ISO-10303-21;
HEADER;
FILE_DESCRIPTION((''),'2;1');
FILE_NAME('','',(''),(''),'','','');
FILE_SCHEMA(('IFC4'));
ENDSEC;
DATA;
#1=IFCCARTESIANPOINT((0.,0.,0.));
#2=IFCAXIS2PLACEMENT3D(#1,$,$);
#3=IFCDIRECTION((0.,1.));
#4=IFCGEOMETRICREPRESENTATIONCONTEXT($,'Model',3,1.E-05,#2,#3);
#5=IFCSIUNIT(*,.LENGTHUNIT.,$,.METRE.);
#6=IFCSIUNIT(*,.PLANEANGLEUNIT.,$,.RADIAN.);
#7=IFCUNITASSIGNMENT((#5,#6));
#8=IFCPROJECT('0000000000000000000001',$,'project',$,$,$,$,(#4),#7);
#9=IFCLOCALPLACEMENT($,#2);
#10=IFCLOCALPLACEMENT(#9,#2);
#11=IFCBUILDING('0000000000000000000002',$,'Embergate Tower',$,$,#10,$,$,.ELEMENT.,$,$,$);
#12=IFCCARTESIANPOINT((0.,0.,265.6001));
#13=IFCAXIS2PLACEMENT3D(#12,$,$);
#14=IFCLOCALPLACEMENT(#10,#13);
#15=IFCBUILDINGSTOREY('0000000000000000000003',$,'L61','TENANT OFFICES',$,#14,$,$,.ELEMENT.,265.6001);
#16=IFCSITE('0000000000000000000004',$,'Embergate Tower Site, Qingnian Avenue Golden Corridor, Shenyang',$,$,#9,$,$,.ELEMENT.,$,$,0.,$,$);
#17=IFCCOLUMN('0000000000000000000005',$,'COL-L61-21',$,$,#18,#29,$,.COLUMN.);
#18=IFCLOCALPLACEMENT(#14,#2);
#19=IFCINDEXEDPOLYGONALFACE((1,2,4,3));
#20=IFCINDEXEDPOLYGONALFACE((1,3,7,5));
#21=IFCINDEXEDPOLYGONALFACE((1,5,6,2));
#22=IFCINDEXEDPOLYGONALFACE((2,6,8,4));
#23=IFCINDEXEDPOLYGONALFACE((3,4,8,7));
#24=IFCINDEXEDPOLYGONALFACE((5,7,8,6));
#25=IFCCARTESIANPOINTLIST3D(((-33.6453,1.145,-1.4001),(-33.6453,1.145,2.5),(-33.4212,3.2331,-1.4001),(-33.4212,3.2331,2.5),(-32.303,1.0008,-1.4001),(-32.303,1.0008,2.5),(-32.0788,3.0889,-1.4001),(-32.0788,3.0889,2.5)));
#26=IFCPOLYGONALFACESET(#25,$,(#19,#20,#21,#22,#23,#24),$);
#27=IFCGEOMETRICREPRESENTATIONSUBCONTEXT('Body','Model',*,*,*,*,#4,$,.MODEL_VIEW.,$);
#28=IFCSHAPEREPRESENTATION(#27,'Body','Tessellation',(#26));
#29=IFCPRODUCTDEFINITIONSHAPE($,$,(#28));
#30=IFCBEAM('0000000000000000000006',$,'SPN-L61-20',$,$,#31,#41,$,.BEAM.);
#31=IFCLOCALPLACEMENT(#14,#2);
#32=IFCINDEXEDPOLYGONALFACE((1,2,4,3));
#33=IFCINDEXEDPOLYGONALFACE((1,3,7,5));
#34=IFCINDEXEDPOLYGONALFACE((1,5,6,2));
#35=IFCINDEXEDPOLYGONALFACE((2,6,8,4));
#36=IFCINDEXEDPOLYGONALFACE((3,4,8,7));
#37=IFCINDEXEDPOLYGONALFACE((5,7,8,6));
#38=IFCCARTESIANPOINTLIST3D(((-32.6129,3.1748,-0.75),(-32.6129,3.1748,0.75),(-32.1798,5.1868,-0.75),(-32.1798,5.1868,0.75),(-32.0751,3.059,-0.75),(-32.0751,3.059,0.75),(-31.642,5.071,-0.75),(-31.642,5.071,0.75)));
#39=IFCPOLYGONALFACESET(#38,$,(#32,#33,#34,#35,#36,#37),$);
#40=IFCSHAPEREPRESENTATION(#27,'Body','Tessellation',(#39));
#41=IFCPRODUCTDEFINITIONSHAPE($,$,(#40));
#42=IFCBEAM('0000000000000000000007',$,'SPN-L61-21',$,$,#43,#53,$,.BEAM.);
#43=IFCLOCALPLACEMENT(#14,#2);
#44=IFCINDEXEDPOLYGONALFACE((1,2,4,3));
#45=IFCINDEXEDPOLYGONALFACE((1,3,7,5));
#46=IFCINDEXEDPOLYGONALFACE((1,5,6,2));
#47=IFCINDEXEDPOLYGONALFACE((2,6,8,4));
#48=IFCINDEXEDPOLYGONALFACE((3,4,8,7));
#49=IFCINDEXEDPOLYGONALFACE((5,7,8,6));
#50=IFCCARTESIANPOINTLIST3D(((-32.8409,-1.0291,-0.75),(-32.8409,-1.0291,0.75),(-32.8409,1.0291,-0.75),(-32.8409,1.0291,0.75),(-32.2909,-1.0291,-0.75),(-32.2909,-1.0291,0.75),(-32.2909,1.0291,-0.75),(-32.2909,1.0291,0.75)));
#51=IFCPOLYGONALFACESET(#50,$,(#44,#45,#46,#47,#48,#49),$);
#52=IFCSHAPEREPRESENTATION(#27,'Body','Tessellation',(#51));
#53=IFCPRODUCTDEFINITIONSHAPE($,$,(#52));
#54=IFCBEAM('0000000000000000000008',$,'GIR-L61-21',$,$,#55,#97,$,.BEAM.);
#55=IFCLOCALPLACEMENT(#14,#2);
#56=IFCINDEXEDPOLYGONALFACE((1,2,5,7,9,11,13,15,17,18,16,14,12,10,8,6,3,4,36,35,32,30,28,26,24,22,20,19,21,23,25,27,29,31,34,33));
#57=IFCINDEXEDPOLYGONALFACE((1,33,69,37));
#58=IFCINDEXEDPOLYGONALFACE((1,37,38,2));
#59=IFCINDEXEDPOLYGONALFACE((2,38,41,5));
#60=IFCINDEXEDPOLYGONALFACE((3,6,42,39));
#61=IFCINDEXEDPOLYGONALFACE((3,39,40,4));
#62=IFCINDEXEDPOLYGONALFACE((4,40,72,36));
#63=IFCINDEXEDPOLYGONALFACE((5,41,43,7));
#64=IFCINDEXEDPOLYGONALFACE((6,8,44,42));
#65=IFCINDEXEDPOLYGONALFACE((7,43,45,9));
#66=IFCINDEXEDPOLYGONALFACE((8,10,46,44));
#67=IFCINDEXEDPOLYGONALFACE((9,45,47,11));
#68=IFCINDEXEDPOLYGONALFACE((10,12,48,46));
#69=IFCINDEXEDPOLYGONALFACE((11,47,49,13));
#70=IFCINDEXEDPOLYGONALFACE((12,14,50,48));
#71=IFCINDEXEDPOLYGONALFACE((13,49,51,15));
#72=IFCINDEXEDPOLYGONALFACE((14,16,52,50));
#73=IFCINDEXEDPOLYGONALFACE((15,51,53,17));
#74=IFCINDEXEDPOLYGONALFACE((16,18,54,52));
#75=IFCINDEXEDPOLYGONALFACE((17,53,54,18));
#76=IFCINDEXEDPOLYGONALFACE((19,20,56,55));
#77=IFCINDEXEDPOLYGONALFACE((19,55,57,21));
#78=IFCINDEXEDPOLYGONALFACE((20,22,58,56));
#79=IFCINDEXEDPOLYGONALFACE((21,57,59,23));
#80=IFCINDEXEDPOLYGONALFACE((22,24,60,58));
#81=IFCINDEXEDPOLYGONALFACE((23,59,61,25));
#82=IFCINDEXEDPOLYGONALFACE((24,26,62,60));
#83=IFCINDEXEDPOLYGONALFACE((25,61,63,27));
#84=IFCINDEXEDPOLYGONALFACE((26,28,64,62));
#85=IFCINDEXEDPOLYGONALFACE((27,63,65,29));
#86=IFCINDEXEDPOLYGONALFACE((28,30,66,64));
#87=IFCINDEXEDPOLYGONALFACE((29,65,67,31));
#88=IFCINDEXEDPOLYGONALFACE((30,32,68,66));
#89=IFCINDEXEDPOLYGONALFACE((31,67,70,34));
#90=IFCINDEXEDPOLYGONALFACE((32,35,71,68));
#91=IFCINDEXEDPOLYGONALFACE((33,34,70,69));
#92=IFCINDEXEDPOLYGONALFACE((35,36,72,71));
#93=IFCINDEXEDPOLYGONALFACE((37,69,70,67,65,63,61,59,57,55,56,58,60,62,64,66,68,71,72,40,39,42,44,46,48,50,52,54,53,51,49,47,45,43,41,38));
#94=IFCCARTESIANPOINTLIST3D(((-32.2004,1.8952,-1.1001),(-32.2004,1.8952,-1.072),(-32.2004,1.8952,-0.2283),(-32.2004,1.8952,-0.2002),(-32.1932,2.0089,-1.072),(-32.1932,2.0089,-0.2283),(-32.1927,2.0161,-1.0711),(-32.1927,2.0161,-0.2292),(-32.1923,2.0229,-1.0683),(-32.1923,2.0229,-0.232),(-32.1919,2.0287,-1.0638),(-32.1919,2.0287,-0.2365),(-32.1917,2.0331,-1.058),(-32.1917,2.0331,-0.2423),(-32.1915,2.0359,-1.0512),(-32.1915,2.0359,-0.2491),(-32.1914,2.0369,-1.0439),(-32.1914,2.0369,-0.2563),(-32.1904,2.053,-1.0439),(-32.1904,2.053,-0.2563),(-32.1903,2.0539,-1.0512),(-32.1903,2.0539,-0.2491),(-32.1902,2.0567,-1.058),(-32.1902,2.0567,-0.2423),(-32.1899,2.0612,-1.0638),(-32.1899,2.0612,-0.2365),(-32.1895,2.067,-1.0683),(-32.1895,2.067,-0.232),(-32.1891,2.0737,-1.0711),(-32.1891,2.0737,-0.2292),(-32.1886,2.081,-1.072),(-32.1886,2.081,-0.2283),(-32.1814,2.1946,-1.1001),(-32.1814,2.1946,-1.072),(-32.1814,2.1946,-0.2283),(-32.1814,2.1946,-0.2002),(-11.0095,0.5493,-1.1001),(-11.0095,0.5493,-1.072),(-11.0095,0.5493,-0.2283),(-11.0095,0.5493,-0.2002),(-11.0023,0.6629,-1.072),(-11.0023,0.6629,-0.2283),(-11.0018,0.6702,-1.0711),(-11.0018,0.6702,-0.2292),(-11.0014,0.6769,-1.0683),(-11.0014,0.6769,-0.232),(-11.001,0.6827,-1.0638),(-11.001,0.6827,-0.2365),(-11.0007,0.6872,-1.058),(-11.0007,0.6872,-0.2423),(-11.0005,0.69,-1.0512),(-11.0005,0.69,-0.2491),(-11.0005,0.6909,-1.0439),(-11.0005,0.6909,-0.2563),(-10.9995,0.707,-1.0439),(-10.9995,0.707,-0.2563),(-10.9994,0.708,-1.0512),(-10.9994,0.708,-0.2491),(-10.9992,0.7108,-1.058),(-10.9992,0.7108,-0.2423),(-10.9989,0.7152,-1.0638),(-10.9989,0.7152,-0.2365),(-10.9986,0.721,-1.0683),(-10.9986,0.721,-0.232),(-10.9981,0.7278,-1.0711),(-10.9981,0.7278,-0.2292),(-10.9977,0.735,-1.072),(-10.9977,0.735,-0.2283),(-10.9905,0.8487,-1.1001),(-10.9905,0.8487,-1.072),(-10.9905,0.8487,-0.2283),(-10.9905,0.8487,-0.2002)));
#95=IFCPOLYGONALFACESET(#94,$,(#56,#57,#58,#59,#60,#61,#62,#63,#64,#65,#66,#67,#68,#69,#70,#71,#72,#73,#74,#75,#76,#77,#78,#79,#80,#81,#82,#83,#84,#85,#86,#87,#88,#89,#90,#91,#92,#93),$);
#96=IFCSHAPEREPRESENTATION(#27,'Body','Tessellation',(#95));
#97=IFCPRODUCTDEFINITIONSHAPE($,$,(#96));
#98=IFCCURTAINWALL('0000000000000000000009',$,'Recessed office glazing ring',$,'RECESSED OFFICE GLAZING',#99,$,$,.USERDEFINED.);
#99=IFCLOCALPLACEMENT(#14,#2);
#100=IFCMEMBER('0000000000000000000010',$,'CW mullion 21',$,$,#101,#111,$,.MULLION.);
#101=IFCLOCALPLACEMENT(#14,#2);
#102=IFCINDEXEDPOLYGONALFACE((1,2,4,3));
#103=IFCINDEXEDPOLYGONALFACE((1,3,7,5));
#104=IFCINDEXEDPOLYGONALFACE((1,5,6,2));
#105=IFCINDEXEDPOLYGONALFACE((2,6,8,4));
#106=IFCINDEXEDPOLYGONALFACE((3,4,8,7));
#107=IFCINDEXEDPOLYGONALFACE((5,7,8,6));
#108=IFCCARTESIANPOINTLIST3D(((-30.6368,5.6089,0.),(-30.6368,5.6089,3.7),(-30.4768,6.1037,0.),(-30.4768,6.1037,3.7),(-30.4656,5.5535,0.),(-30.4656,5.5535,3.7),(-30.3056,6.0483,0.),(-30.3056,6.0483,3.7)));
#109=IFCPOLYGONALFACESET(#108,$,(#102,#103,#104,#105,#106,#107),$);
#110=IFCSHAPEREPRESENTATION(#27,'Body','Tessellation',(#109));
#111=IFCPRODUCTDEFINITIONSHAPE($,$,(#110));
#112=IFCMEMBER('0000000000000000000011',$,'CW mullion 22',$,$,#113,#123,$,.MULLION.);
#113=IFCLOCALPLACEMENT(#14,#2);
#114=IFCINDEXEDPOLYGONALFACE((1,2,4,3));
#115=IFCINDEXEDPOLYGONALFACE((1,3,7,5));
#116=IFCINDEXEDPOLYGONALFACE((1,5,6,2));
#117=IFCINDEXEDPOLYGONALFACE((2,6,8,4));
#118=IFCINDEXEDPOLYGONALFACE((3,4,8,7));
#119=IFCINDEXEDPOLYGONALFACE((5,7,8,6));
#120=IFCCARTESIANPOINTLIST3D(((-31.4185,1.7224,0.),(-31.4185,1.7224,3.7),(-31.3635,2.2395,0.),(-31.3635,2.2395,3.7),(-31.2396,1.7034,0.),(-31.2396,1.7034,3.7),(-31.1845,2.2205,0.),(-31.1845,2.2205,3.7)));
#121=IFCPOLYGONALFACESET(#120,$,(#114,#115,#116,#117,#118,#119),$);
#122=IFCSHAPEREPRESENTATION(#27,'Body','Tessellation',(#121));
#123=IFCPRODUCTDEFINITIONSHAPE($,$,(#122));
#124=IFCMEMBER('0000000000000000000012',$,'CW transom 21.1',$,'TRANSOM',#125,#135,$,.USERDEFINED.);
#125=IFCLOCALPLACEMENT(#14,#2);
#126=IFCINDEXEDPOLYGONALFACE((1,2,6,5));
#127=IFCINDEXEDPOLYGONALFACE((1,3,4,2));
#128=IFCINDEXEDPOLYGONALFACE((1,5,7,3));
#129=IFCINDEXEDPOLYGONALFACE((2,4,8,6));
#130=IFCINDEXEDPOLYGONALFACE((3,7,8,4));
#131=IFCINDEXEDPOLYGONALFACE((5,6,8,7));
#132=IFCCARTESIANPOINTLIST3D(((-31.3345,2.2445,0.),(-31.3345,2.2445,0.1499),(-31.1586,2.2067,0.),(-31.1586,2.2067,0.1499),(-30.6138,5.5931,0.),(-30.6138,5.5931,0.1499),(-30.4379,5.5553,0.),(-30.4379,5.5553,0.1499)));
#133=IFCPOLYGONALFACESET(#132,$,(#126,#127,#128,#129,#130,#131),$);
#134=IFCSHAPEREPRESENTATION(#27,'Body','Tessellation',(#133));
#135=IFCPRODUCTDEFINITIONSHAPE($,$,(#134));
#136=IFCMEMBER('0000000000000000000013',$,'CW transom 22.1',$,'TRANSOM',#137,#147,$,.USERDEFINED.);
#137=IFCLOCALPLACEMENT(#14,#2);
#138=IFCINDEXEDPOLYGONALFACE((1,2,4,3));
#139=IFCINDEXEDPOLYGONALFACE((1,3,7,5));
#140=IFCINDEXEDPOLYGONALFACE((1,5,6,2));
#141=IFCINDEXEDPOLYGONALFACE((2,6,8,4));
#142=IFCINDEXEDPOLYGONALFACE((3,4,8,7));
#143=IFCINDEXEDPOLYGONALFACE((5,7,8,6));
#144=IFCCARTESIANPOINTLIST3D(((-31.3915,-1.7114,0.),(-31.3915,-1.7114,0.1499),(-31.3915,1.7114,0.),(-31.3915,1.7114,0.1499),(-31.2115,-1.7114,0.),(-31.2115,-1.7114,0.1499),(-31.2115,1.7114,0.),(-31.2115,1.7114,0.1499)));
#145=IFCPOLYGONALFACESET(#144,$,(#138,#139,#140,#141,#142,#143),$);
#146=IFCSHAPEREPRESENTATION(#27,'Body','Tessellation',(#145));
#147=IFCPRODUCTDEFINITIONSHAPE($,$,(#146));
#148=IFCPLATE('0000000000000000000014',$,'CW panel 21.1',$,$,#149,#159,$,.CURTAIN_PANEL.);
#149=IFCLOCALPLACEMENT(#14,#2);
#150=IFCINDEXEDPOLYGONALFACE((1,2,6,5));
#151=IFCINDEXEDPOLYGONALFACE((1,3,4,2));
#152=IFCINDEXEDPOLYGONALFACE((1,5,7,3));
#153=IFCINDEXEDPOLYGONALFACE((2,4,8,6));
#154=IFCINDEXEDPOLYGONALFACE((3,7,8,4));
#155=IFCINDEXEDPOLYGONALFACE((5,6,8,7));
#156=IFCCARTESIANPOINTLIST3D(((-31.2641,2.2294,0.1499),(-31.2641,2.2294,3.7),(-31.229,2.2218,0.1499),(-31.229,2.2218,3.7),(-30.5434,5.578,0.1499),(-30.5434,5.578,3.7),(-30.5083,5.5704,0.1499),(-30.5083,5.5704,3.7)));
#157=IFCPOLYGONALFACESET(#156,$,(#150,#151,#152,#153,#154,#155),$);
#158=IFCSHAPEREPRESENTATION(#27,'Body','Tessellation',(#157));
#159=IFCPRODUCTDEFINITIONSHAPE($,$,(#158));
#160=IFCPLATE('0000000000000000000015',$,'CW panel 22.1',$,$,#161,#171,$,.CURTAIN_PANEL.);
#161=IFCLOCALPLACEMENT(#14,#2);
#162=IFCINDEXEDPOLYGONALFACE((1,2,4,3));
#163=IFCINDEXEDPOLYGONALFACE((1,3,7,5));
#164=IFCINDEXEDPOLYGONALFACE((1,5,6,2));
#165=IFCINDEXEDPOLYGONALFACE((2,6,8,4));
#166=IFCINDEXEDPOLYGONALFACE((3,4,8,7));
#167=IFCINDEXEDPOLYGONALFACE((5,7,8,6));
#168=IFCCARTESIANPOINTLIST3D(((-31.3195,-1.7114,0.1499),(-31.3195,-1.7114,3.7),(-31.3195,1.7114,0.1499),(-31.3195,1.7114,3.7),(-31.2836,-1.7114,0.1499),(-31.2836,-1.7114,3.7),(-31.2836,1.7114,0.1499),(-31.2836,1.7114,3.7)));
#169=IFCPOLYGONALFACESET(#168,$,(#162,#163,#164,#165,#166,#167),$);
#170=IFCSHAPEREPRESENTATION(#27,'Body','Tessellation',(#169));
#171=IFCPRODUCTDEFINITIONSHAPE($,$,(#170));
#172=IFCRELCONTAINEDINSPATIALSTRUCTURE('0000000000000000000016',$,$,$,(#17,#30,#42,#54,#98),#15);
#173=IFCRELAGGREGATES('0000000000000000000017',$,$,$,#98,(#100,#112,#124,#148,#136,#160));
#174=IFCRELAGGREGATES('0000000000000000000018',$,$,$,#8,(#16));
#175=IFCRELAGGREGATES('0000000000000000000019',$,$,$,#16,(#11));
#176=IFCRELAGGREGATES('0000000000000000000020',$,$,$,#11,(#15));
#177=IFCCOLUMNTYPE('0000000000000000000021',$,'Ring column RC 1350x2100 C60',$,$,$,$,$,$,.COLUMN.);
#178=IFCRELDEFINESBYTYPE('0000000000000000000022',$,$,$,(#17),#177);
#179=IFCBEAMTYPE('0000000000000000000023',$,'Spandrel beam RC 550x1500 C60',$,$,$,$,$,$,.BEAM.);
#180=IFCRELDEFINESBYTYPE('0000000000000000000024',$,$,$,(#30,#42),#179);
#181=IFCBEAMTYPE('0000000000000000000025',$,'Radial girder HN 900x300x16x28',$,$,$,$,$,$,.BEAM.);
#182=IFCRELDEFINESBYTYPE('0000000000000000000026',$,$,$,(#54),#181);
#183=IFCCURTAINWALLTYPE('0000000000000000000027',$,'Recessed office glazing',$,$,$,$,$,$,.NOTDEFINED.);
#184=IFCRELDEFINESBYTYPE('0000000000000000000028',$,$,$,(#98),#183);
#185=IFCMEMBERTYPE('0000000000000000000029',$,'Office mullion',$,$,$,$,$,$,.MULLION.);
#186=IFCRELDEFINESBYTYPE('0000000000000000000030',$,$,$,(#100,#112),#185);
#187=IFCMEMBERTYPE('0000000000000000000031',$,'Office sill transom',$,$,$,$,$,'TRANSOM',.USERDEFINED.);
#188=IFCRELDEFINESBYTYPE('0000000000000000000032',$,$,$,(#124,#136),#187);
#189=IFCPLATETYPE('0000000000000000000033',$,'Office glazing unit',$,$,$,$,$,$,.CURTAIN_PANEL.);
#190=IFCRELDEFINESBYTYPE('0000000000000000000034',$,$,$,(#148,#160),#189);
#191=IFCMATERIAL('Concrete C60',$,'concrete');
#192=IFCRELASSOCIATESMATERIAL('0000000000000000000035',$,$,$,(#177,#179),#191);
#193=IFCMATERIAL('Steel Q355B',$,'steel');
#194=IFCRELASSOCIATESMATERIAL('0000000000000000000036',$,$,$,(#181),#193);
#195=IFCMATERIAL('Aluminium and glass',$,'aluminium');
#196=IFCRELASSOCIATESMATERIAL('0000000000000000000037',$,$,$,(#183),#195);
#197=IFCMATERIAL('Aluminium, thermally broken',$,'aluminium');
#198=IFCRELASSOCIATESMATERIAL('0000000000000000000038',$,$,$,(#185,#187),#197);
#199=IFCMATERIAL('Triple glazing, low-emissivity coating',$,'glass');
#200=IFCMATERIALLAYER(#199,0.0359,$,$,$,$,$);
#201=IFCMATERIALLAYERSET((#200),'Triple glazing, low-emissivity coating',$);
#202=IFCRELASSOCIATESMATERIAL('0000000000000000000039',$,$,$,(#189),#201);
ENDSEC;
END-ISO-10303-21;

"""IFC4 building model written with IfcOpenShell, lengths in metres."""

from ifc_helpers import new_model, si_unit, direction, frame, origin, origin_2d, place, context, subcontext, project, spatial, rectangle, i_section, extrude, source, transform, mapped, material, layer, layer_set, material_profile, profile_set, type_object, element, aggregate, save


model = new_model("IFC4")

# Units and contexts
model_context = context("Model", 3, precision=1e-05, world=origin(), true_north=direction((0.0, 1.0)))
body_context = subcontext(model_context, "Body", "Model", "MODEL_VIEW")
ifc_project = project(units=[si_unit("LENGTHUNIT", "METRE"), si_unit("PLANEANGLEUNIT", "RADIAN")], contexts=[model_context])

# Site, building, storey
site_placement = place(None, origin())
site = spatial("IfcSite", under=ifc_project, at=site_placement, Name="Embergate Tower Site, Qingnian Avenue Golden Corridor, Shenyang", CompositionType="ELEMENT", RefElevation=0.0)
building_placement = place(site_placement, origin())
building = spatial("IfcBuilding", under=site, at=building_placement, Name="Embergate Tower", CompositionType="ELEMENT")
storey_placement = place(building_placement, frame((0.0, 0.0, 265.6001)))
storey = spatial("IfcBuildingStorey", under=building, at=storey_placement, Name="L61", Description="TENANT OFFICES", CompositionType="ELEMENT", Elevation=265.6001)

# Column
ifc_material_1 = material(Name="Concrete C60", Category="concrete")
ifc_material_profile_1 = material_profile(ifc_material_1, rectangle(XDim=1.3501, YDim=2.1001, at=origin_2d()), Name="RC 1350x2100")
ifc_profile_set_1 = profile_set([ifc_material_profile_1], Name="Concrete C60")
column_type = type_object("IfcColumnType", Name="Ring column RC 1350x2100 C60", PredefinedType="COLUMN", material=ifc_profile_set_1)
shared_shape_1 = source(origin(), body_context, "Body", "SweptSolid", [
    extrude(rectangle(XDim=1.3501, YDim=2.1001, at=origin_2d()), origin(), (0.0, 0.0, 1.0), 3.9001),
])
column_placement = place(storey_placement, frame((-32.8621, 2.1169, -1.4001), z_axis=(0.0, 0.0, 1.0), x_axis=(-0.994286, 0.10675, 0.0)))
element("IfcColumn", 1, at=column_placement, inside=storey, type_object=column_type, Name="COL-L61-21", PredefinedType="COLUMN", context=body_context, shape_type="MappedRepresentation", body=[
    mapped(shared_shape_1, transform((0.0, 0.0, 0.0))),
])

# Beams
ifc_material_profile_2 = material_profile(ifc_material_1, rectangle(XDim=0.55, YDim=1.5, at=origin_2d()), Name="RC 550x1500")
ifc_profile_set_2 = profile_set([ifc_material_profile_2], Name="Concrete C60")
beam_type_1 = type_object("IfcBeamType", Name="Spandrel beam RC 550x1500 C60", PredefinedType="BEAM", material=ifc_profile_set_2)
shared_shape_2 = source(origin(), body_context, "Body", "SweptSolid", [
    extrude(rectangle(XDim=0.55, YDim=1.5, at=origin_2d()), origin(), (0.0, 0.0, 1.0), 2.0581),
])
for number, where, z_axis, x_axis, name in (
    (2, (-31.9109, 5.1289, 0.0), (-0.210444, -0.977606, 0.0), (0.977606, -0.210444, 0.0), "SPN-L61-20"),
    (3, (-32.5659, 1.0291, 0.0), (0.0, -1.0, 0.0), (1.0, 0.0, 0.0), "SPN-L61-21"),
):
    element("IfcBeam", number, at=place(storey_placement, frame(where, z_axis=z_axis, x_axis=x_axis)), inside=storey, type_object=beam_type_1, Name=name, PredefinedType="BEAM", context=body_context, shape_type="MappedRepresentation", body=[
        mapped(shared_shape_2, transform((0.0, 0.0, 0.0))),
    ])
ifc_material_2 = material(Name="Steel Q355B", Category="steel")
ifc_material_profile_3 = material_profile(ifc_material_2, i_section(OverallWidth=0.3, OverallDepth=0.8999, WebThickness=0.0161, FlangeThickness=0.0281, FilletRadius=0.0281, at=origin_2d()), Name="HN 900x300x16x28")
ifc_profile_set_3 = profile_set([ifc_material_profile_3], Name="Steel Q355 grade B")
beam_type_2 = type_object("IfcBeamType", Name="Radial girder HN 900x300x16x28", PredefinedType="BEAM", material=ifc_profile_set_3)
shared_shape_3 = source(origin(), body_context, "Body", "SweptSolid", [
    extrude(i_section(OverallWidth=0.3, OverallDepth=0.8999, WebThickness=0.0161, FlangeThickness=0.0281, FilletRadius=0.0281, at=origin_2d()), origin(), (0.0, 0.0, 1.0), 21.2336),
])
beam_placement = place(storey_placement, frame((-32.1909, 2.0449, -0.6501), z_axis=(0.997989, -0.063388, 0.0), x_axis=(0.063388, 0.997989, 0.0)))
element("IfcBeam", 4, at=beam_placement, inside=storey, type_object=beam_type_2, Name="GIR-L61-21", PredefinedType="BEAM", context=body_context, shape_type="MappedRepresentation", body=[
    mapped(shared_shape_3, transform((0.0, 0.0, 0.0))),
])

# Curtain wall, members, plates
ifc_material_3 = material(Name="Aluminium and glass", Category="aluminium")
curtain_wall_type = type_object("IfcCurtainWallType", Name="Recessed office glazing", PredefinedType="NOTDEFINED", material=ifc_material_3)
curtain_wall_placement = place(storey_placement, origin())
curtain_wall = element("IfcCurtainWall", 5, at=curtain_wall_placement, inside=storey, type_object=curtain_wall_type, Name="Recessed office glazing ring", ObjectType="RECESSED OFFICE GLAZING", PredefinedType="USERDEFINED")
ifc_material_4 = material(Name="Aluminium, thermally broken", Category="aluminium")
ifc_material_profile_4 = material_profile(ifc_material_4, rectangle(XDim=0.1799, YDim=0.52, at=origin_2d()), Name="AL 520x180")
ifc_profile_set_4 = profile_set([ifc_material_profile_4], Name="Aluminium, thermally broken")
member_type_1 = type_object("IfcMemberType", Name="Office mullion", PredefinedType="MULLION", material=ifc_profile_set_4)
shared_shape_4 = source(origin(), body_context, "Body", "SweptSolid", [
    extrude(rectangle(XDim=0.1799, YDim=0.52, at=origin_2d()), origin(), (0.0, 0.0, 1.0), 3.7),
])
member_1_placement = place(storey_placement, frame((-30.4712, 5.8286, 0.0), z_axis=(0.0, 0.0, 1.0), x_axis=(0.951493, -0.307671, 0.0)))
member_1 = element("IfcMember", 6, at=member_1_placement, type_object=member_type_1, Name="CW mullion 21", PredefinedType="MULLION", context=body_context, shape_type="MappedRepresentation", body=[
    mapped(shared_shape_4, transform((0.0, 0.0, 0.0))),
])
member_2_placement = place(storey_placement, frame((-31.3015, 1.9714, 0.0), z_axis=(0.0, 0.0, 1.0), x_axis=(0.994384, -0.10583, 0.0)))
member_2 = element("IfcMember", 7, at=member_2_placement, type_object=member_type_1, Name="CW mullion 22", PredefinedType="MULLION", context=body_context, shape_type="MappedRepresentation", body=[
    mapped(shared_shape_4, transform((0.0, 0.0, 0.0))),
])
ifc_material_profile_5 = material_profile(ifc_material_4, rectangle(XDim=0.1799, YDim=0.1499, at=origin_2d()), Name="AL 150x180")
ifc_profile_set_5 = profile_set([ifc_material_profile_5], Name="Aluminium, thermally broken")
member_type_2 = type_object("IfcMemberType", Name="Office sill transom", ElementType="TRANSOM", PredefinedType="USERDEFINED", material=ifc_profile_set_5)
shared_shape_5 = source(origin(), body_context, "Body", "SweptSolid", [
    extrude(rectangle(XDim=0.1799, YDim=0.1499, at=origin_2d()), origin(), (0.0, 0.0, 1.0), 3.4253),
])
member_3_placement = place(storey_placement, frame((-30.5259, 5.5742, 0.075), z_axis=(-0.210405, -0.977614, 0.0), x_axis=(0.977614, -0.210405, 0.0)))
member_3 = element("IfcMember", 8, at=member_3_placement, type_object=member_type_2, Name="CW transom 21.1", ObjectType="TRANSOM", PredefinedType="USERDEFINED", context=body_context, shape_type="MappedRepresentation", body=[
    mapped(shared_shape_5, transform((0.0, 0.0, 0.0))),
])
shared_shape_6 = source(origin(), body_context, "Body", "SweptSolid", [
    extrude(rectangle(XDim=0.1799, YDim=0.1499, at=origin_2d()), origin(), (0.0, 0.0, 1.0), 3.4229),
])
member_4_placement = place(storey_placement, frame((-31.3015, 1.7114, 0.075), z_axis=(0.0, -1.0, 0.0), x_axis=(1.0, 0.0, 0.0)))
member_4 = element("IfcMember", 9, at=member_4_placement, type_object=member_type_2, Name="CW transom 22.1", ObjectType="TRANSOM", PredefinedType="USERDEFINED", context=body_context, shape_type="MappedRepresentation", body=[
    mapped(shared_shape_6, transform((0.0, 0.0, 0.0))),
])
ifc_material_5 = material(Name="Triple glazing, low-emissivity coating", Category="glass")
ifc_layer_1 = layer(ifc_material_5, 0.0359)
ifc_layer_set_1 = layer_set([ifc_layer_1], Name="Triple glazing, low-emissivity coating")
plate_type = type_object("IfcPlateType", Name="Office glazing unit", PredefinedType="CURTAIN_PANEL", material=ifc_layer_set_1)
shared_shape_7 = source(origin(), body_context, "Body", "SweptSolid", [
    extrude(rectangle(XDim=3.4253, YDim=0.0359, at=origin_2d()), origin(), (0.0, 0.0, 1.0), 3.55),
])
plate_1_placement = place(storey_placement, frame((-30.8862, 3.8999, 0.1499), z_axis=(0.0, 0.0, 1.0), x_axis=(-0.210402, -0.977615, 0.0)))
plate_1 = element("IfcPlate", 10, at=plate_1_placement, type_object=plate_type, Name="CW panel 21.1", PredefinedType="CURTAIN_PANEL", context=body_context, shape_type="MappedRepresentation", body=[
    mapped(shared_shape_7, transform((0.0, 0.0, 0.0))),
])
shared_shape_8 = source(origin(), body_context, "Body", "SweptSolid", [
    extrude(rectangle(XDim=3.4229, YDim=0.0359, at=origin_2d()), origin(), (0.0, 0.0, 1.0), 3.55),
])
plate_2_placement = place(storey_placement, frame((-31.3015, 0.0, 0.1499), z_axis=(0.0, 0.0, 1.0), x_axis=(0.0, -1.0, 0.0)))
plate_2 = element("IfcPlate", 11, at=plate_2_placement, type_object=plate_type, Name="CW panel 22.1", PredefinedType="CURTAIN_PANEL", context=body_context, shape_type="MappedRepresentation", body=[
    mapped(shared_shape_8, transform((0.0, 0.0, 0.0))),
])
aggregate(curtain_wall, [member_1, member_2, member_3, plate_1, member_4, plate_2])

save(model, "model.ifc")
